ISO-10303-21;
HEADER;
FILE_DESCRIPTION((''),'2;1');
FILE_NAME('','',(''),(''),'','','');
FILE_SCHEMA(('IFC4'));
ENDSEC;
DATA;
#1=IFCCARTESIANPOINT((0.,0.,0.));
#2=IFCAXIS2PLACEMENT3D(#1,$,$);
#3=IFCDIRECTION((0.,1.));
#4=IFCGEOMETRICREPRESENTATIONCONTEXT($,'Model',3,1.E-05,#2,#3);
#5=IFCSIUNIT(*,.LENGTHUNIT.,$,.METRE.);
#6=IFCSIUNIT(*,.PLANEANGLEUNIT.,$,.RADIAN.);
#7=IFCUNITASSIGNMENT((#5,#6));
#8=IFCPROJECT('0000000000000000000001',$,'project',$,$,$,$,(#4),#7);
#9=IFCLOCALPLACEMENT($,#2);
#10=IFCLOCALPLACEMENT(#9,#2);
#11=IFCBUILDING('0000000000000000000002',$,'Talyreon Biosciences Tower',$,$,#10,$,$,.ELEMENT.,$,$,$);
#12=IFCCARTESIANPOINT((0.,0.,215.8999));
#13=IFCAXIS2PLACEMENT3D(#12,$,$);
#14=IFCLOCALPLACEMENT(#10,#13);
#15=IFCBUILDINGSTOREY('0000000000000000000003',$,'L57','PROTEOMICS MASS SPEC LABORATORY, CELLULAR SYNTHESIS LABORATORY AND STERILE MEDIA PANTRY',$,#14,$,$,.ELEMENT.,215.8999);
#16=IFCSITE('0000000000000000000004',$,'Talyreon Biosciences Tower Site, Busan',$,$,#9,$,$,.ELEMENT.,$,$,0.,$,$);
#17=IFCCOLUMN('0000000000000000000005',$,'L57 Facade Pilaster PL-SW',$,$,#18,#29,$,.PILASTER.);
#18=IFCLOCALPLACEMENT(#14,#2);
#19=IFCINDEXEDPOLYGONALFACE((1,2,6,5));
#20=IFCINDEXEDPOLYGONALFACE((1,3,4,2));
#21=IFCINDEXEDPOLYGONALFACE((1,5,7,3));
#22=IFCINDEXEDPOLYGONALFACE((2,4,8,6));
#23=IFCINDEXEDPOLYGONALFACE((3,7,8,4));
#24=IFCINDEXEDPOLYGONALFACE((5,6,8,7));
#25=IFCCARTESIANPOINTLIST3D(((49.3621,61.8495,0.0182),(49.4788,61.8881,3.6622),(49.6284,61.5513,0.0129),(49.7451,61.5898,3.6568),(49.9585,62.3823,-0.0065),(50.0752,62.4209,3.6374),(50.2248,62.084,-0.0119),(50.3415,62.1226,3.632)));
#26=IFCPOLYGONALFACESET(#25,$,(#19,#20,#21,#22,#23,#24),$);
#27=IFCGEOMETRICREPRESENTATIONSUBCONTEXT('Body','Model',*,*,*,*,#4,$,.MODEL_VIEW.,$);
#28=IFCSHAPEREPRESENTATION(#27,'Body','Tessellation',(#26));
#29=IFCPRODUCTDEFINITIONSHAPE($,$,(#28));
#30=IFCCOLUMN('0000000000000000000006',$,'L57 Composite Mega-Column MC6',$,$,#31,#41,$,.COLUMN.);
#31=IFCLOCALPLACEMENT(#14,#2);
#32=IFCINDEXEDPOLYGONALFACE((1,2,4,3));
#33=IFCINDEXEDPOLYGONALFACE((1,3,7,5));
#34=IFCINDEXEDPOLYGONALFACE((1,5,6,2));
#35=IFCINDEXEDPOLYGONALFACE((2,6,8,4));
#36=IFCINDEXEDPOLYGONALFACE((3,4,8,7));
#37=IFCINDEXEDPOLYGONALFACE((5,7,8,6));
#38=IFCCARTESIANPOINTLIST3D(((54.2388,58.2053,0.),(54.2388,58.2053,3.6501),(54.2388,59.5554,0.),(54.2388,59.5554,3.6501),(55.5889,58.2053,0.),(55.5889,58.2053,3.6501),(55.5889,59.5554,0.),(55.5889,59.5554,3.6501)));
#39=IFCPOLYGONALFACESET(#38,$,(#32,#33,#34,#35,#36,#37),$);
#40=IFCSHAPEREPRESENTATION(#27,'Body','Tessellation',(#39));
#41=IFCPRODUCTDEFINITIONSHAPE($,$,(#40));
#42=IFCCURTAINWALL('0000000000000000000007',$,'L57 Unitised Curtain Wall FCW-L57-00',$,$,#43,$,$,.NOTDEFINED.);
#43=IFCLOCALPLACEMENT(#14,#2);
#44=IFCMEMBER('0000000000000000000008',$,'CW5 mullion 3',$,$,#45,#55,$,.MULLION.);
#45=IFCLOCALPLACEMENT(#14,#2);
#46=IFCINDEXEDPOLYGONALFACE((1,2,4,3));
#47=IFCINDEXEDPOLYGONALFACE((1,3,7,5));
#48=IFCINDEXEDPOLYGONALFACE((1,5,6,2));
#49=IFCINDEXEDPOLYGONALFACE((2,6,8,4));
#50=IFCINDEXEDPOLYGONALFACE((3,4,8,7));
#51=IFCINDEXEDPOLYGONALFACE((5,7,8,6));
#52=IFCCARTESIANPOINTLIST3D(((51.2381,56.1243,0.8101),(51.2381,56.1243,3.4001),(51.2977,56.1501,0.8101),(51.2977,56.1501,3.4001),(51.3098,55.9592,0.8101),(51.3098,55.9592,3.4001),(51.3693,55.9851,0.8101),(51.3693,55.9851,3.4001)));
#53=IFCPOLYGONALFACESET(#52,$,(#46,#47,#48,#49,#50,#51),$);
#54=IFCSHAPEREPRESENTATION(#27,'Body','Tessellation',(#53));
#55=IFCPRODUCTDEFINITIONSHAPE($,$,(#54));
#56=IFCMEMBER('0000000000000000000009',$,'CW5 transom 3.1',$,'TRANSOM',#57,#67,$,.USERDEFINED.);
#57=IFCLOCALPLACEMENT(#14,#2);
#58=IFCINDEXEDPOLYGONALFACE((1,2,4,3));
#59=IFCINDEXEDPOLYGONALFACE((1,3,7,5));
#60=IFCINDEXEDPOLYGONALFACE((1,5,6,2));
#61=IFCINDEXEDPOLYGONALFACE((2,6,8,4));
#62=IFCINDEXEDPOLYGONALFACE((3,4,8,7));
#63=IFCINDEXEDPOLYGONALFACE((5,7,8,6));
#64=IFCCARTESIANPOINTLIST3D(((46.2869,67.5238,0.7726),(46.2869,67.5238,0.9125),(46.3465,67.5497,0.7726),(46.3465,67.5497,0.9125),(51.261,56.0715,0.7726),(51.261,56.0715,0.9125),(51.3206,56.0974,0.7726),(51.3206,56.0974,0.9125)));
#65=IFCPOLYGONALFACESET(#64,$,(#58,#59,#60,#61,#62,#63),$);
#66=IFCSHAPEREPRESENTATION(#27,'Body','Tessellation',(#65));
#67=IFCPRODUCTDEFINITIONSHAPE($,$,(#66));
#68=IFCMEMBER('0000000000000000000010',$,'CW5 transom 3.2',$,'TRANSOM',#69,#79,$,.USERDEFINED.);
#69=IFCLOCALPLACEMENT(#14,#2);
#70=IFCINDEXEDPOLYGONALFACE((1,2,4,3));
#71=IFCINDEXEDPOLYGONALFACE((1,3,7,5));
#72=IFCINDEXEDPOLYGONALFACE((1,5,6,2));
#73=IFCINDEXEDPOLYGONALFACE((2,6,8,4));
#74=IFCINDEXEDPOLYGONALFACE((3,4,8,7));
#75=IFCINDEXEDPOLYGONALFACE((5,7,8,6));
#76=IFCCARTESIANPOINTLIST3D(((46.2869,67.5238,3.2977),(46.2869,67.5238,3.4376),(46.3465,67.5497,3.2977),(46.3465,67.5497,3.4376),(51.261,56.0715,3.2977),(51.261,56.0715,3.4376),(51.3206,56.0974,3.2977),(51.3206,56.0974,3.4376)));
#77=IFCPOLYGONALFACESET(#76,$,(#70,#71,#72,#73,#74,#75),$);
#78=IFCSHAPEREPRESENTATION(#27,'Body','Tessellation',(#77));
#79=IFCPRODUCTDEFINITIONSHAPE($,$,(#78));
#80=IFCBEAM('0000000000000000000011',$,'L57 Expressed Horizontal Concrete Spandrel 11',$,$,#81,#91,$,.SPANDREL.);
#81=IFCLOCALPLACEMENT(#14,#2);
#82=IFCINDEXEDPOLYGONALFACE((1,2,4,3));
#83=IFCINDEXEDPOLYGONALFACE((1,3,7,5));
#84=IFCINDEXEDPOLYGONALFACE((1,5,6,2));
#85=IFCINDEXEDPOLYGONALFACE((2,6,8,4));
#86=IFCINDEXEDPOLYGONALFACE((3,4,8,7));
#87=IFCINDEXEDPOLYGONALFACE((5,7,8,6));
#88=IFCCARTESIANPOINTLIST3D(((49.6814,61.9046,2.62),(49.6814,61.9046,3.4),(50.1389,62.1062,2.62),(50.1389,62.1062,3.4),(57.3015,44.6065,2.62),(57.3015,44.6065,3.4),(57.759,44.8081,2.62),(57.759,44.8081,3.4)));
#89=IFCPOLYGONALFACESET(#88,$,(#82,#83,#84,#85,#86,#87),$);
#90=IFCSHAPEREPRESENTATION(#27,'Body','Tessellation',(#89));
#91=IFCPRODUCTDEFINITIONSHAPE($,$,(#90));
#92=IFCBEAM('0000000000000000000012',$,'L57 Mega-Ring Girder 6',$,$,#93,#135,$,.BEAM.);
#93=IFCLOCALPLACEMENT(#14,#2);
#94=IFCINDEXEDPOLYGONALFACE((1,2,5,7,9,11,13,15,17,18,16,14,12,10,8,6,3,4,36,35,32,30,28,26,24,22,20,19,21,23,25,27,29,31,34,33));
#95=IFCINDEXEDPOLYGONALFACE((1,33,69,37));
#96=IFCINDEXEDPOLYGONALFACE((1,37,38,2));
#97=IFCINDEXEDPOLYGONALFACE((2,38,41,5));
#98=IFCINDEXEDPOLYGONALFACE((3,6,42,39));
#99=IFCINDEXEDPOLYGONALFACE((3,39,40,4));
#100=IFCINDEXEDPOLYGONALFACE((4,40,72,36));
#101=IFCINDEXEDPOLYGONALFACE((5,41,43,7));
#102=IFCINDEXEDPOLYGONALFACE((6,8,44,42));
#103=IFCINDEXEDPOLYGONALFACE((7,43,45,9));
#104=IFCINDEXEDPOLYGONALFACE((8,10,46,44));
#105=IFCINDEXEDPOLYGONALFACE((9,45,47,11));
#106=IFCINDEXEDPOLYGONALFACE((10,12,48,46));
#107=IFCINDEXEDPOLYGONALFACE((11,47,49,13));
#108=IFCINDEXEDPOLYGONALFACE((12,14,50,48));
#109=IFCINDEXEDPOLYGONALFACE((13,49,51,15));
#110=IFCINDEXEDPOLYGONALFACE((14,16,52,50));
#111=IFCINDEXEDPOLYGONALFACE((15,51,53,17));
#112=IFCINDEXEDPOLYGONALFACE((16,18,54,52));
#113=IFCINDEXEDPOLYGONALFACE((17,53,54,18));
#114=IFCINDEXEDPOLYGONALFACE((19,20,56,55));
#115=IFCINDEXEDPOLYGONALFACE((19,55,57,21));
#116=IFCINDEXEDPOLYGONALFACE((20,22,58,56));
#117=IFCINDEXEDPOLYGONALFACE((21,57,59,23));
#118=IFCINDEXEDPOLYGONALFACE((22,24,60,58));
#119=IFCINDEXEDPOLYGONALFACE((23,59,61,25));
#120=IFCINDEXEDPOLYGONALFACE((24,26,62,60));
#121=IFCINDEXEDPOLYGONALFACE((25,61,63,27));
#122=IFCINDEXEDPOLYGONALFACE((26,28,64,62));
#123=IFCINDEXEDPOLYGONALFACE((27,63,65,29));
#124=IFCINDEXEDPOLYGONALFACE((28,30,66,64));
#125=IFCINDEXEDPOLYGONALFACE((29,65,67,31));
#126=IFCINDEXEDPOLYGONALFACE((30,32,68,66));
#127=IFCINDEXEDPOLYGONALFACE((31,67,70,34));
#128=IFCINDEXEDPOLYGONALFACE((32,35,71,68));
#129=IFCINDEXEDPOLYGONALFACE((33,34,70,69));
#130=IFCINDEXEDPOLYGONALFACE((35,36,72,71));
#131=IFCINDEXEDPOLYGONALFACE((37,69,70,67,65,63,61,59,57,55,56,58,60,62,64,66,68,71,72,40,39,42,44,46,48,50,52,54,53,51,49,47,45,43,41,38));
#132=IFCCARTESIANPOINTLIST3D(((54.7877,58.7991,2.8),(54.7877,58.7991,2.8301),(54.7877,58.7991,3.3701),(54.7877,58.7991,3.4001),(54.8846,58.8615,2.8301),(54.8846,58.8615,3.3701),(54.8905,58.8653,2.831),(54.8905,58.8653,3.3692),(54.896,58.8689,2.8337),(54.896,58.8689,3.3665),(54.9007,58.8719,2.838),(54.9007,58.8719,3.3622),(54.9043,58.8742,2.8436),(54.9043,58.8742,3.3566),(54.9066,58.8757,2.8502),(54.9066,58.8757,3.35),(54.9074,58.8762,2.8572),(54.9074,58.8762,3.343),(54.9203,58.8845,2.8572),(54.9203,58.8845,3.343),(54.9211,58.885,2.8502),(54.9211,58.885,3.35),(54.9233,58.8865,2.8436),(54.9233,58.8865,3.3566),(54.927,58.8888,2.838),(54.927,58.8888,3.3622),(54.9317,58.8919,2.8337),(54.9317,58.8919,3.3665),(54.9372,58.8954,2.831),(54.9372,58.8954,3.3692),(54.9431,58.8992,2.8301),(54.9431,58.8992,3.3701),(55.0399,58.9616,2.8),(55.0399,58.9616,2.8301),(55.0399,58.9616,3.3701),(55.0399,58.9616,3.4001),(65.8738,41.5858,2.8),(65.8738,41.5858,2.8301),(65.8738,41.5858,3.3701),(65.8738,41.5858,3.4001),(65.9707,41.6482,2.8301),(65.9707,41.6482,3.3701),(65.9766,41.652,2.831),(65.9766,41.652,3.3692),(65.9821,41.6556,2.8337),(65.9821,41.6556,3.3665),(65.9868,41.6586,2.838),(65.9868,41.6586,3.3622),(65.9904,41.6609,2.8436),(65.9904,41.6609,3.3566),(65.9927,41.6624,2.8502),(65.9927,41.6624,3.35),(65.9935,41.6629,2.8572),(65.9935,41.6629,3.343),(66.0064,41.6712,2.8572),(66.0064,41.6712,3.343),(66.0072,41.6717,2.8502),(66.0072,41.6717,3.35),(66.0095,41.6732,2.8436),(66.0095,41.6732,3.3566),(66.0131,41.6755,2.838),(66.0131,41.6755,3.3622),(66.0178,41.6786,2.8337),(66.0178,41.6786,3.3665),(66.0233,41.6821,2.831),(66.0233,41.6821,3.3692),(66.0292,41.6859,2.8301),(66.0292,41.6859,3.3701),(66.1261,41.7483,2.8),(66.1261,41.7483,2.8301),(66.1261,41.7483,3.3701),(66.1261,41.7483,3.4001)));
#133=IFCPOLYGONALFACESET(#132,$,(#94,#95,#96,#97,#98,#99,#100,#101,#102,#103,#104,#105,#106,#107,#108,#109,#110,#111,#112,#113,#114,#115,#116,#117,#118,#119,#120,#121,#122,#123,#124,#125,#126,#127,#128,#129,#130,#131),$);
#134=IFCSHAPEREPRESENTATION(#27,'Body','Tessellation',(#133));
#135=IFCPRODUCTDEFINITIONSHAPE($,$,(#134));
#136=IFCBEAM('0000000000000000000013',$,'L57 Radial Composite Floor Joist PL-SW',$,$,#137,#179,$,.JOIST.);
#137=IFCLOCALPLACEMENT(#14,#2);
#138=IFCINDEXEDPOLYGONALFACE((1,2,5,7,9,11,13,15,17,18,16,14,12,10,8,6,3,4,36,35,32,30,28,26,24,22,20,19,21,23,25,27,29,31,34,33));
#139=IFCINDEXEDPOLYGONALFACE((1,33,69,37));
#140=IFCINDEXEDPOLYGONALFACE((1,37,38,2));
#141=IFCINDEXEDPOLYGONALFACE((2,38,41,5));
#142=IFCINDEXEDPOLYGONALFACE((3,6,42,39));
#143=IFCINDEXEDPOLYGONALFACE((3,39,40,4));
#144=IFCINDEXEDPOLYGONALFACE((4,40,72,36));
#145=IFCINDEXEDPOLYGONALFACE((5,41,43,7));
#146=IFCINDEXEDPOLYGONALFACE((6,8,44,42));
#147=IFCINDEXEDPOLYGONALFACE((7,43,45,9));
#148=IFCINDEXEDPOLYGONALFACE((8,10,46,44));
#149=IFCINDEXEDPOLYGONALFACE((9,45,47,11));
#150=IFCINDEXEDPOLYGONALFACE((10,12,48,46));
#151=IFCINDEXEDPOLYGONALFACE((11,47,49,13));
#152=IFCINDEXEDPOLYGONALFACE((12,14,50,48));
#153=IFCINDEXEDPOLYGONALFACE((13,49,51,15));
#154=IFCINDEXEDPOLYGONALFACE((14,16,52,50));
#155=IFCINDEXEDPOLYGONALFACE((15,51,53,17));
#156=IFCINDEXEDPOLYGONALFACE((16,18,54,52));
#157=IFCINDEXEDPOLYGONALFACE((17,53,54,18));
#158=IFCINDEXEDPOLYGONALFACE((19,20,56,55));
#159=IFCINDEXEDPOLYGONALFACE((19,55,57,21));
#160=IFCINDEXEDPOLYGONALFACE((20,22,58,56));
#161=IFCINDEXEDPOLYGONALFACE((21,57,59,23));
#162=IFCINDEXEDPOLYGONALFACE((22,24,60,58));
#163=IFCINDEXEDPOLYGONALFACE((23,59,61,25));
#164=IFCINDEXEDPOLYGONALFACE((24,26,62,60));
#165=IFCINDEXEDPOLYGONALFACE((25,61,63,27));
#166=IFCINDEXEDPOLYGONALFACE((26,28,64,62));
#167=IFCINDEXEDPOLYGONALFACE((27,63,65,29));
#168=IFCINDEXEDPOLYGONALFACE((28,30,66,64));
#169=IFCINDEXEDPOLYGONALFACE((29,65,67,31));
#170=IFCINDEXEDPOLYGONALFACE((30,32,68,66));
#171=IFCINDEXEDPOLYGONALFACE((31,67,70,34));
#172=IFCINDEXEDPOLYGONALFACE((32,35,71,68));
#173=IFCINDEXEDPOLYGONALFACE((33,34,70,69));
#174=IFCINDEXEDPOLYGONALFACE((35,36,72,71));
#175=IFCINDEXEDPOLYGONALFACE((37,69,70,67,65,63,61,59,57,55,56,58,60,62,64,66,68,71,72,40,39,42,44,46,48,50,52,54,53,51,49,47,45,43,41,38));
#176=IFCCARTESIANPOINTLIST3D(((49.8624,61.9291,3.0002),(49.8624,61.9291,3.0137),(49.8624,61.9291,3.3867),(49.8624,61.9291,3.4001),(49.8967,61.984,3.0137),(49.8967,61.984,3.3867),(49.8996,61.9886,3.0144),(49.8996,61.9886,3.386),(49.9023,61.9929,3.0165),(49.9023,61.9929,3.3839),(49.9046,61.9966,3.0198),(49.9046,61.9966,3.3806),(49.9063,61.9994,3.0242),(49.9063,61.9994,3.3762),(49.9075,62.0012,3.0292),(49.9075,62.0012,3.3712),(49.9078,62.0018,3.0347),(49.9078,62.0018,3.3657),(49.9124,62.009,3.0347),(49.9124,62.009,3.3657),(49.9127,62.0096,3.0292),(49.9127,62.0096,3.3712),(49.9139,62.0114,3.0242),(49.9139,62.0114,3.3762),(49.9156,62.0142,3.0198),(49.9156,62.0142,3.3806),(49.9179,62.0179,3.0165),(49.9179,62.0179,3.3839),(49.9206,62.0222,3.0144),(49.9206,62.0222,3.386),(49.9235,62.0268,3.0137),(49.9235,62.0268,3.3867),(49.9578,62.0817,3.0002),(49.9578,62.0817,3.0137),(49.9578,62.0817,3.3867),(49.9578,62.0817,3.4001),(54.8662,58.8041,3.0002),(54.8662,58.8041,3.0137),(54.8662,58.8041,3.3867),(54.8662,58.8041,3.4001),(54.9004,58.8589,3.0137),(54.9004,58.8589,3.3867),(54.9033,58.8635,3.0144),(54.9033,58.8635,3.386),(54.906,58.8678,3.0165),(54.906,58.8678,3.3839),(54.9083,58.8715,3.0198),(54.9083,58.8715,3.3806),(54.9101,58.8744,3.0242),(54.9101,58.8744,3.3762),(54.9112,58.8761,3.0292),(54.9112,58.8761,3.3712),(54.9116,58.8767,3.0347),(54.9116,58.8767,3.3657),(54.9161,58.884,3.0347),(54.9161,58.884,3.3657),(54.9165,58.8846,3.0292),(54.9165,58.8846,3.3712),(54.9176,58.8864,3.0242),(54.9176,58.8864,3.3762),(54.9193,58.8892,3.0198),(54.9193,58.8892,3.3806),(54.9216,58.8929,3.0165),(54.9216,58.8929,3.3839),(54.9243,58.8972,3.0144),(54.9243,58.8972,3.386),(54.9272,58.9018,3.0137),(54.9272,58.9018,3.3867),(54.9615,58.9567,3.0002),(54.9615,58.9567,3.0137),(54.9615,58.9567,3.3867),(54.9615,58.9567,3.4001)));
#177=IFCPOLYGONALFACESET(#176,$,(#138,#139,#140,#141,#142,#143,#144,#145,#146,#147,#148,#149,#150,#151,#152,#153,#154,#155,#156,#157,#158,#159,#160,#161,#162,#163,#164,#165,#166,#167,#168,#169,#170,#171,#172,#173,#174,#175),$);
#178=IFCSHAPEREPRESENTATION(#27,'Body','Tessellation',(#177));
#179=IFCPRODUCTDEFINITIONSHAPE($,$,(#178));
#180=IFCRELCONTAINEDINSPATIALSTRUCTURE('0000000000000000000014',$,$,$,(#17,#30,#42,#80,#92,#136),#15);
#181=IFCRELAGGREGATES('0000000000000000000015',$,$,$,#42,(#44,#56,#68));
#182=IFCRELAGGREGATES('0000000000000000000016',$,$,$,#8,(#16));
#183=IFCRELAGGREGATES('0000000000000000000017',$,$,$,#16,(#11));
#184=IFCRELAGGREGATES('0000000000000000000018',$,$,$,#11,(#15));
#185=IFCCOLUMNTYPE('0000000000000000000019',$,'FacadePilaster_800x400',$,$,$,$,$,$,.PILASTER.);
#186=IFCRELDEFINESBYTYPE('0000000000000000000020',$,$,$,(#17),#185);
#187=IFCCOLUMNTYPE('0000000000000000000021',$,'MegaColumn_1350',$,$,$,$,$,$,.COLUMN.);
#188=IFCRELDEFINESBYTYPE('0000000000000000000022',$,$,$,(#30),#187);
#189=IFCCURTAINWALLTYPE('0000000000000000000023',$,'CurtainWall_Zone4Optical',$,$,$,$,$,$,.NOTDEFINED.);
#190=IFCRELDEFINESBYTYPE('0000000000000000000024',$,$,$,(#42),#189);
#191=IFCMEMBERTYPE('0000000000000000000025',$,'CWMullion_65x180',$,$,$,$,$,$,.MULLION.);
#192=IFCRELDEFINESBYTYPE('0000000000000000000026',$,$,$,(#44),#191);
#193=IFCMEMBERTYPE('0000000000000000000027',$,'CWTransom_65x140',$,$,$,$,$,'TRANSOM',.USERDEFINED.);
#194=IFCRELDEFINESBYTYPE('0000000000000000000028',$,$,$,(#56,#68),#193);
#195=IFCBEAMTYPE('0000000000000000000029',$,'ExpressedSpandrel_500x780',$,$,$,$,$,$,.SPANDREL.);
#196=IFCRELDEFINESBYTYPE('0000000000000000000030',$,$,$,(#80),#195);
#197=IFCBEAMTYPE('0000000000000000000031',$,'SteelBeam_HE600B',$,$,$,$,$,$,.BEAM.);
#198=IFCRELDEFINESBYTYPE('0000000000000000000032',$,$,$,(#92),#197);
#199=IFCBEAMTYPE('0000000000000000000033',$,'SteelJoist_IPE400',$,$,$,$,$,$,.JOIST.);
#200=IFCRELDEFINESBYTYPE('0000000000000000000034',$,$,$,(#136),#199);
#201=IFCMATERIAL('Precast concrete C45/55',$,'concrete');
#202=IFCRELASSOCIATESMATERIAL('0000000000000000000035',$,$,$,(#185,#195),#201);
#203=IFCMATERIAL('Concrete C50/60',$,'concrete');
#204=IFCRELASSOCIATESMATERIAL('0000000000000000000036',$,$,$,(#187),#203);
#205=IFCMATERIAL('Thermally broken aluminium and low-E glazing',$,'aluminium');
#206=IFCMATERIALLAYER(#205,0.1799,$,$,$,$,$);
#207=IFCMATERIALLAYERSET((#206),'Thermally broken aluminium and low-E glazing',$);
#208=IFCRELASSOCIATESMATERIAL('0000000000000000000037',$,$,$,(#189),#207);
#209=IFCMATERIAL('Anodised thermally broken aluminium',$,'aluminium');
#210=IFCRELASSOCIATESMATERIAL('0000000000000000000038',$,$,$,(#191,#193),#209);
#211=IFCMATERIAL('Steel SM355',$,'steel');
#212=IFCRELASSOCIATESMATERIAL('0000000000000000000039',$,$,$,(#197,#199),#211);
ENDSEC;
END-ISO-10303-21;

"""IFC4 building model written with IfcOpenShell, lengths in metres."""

from ifc_helpers import new_model, si_unit, direction, frame, origin, origin_2d, place, context, subcontext, project, spatial, rectangle, i_section, extrude, material, layer, layer_set, material_profile, profile_set, type_object, element, aggregate, save


model = new_model("IFC4")

# Units and contexts
model_context = context("Model", 3, precision=1e-05, world=origin(), true_north=direction((0.0, 1.0)))
body_context = subcontext(model_context, "Body", "Model", "MODEL_VIEW")
ifc_project = project(units=[si_unit("LENGTHUNIT", "METRE"), si_unit("PLANEANGLEUNIT", "RADIAN")], contexts=[model_context])

# Site, building, storey
site_placement = place(None, origin())
site = spatial("IfcSite", under=ifc_project, at=site_placement, Name="Talyreon Biosciences Tower Site, Busan", CompositionType="ELEMENT", RefElevation=0.0)
building_placement = place(site_placement, origin())
building = spatial("IfcBuilding", under=site, at=building_placement, Name="Talyreon Biosciences Tower", CompositionType="ELEMENT")
storey_placement = place(building_placement, frame((0.0, 0.0, 215.8999)))
storey = spatial("IfcBuildingStorey", under=building, at=storey_placement, Name="L57", Description="PROTEOMICS MASS SPEC LABORATORY, CELLULAR SYNTHESIS LABORATORY AND STERILE MEDIA PANTRY", CompositionType="ELEMENT", Elevation=215.8999)

# Columns
ifc_material_1 = material(Name="Precast concrete C45/55", Category="concrete")
ifc_material_profile_1 = material_profile(ifc_material_1, rectangle(XDim=0.8, YDim=0.3999, at=origin_2d()), Name="RC 800x400")
ifc_profile_set_1 = profile_set([ifc_material_profile_1], Name="Precast concrete C45/55")
column_type_1 = type_object("IfcColumnType", Name="FacadePilaster_800x400", PredefinedType="PILASTER", material=ifc_profile_set_1)
column_1_placement = place(storey_placement, frame((49.7935, 61.9668, 0.0032), z_axis=(0.032006, 0.01058, 0.999432), x_axis=(0.745353, 0.665952, -0.030919)))
element("IfcColumn", 1, at=column_1_placement, inside=storey, type_object=column_type_1, Name="L57 Facade Pilaster PL-SW", PredefinedType="PILASTER", context=body_context, shape_type="SweptSolid", body=[
    extrude(rectangle(XDim=0.8, YDim=0.3999, at=origin_2d()), origin(), (0.0, 0.0, 1.0), 3.646),
])
ifc_material_2 = material(Name="Concrete C50/60", Category="concrete")
ifc_material_profile_2 = material_profile(ifc_material_2, rectangle(XDim=1.3501, YDim=1.3501, at=origin_2d()), Name="RC 1350x1350")
ifc_profile_set_2 = profile_set([ifc_material_profile_2], Name="Concrete C50/60")
column_type_2 = type_object("IfcColumnType", Name="MegaColumn_1350", PredefinedType="COLUMN", material=ifc_profile_set_2)
column_2_placement = place(storey_placement, frame((54.9138, 58.8804, 0.0), z_axis=(0.0, 0.0, 1.0), x_axis=(1.0, 0.0, 0.0)))
element("IfcColumn", 2, at=column_2_placement, inside=storey, type_object=column_type_2, Name="L57 Composite Mega-Column MC6", PredefinedType="COLUMN", context=body_context, shape_type="SweptSolid", body=[
    extrude(rectangle(XDim=1.3501, YDim=1.3501, at=origin_2d()), origin(), (0.0, 0.0, 1.0), 3.6501),
])

# Curtain wall, members
ifc_material_3 = material(Name="Thermally broken aluminium and low-E glazing", Category="aluminium")
ifc_layer_1 = layer(ifc_material_3, 0.1799)
ifc_layer_set_1 = layer_set([ifc_layer_1], Name="Thermally broken aluminium and low-E glazing")
curtain_wall_type = type_object("IfcCurtainWallType", Name="CurtainWall_Zone4Optical", PredefinedType="NOTDEFINED", material=ifc_layer_set_1)
curtain_wall_placement = place(storey_placement, origin())
curtain_wall = element("IfcCurtainWall", 3, at=curtain_wall_placement, inside=storey, type_object=curtain_wall_type, Name="L57 Unitised Curtain Wall FCW-L57-00", PredefinedType="NOTDEFINED")
ifc_material_4 = material(Name="Anodised thermally broken aluminium", Category="aluminium")
ifc_material_profile_3 = material_profile(ifc_material_4, rectangle(XDim=0.0649, YDim=0.1799, at=origin_2d()), Name="ALUM MULLION 65x180")
ifc_profile_set_3 = profile_set([ifc_material_profile_3], Name="Anodised thermally broken aluminium")
member_type_1 = type_object("IfcMemberType", Name="CWMullion_65x180", PredefinedType="MULLION", material=ifc_profile_set_3)
member_1_placement = place(storey_placement, frame((51.3037, 56.0547, 0.8101), z_axis=(0.0, 0.0, 1.0), x_axis=(-0.917222, -0.398376, 0.0)))
member_1 = element("IfcMember", 4, at=member_1_placement, type_object=member_type_1, Name="CW5 mullion 3", PredefinedType="MULLION", context=body_context, shape_type="SweptSolid", body=[
    extrude(rectangle(XDim=0.0649, YDim=0.1799, at=origin_2d()), origin(), (0.0, 0.0, 1.0), 2.5901),
])
ifc_material_profile_4 = material_profile(ifc_material_4, rectangle(XDim=0.0649, YDim=0.1399, at=origin_2d()), Name="ALUM TRANSOM 65x140")
ifc_profile_set_4 = profile_set([ifc_material_profile_4], Name="Anodised thermally broken aluminium")
member_type_2 = type_object("IfcMemberType", Name="CWTransom_65x140", ElementType="TRANSOM", PredefinedType="USERDEFINED", material=ifc_profile_set_4)
member_2_placement = place(storey_placement, frame((51.2908, 56.0845, 0.8425), z_axis=(-0.398377, 0.917222, 0.0), x_axis=(-0.917222, -0.398377, 0.0)))
member_2 = element("IfcMember", 5, at=member_2_placement, type_object=member_type_2, Name="CW5 transom 3.1", ObjectType="TRANSOM", PredefinedType="USERDEFINED", context=body_context, shape_type="SweptSolid", body=[
    extrude(rectangle(XDim=0.0649, YDim=0.1399, at=origin_2d()), origin(), (0.0, 0.0, 1.0), 12.4858),
])
member_3_placement = place(storey_placement, frame((51.2908, 56.0845, 3.3677), z_axis=(-0.398377, 0.917222, 0.0), x_axis=(-0.917222, -0.398377, 0.0)))
member_3 = element("IfcMember", 6, at=member_3_placement, type_object=member_type_2, Name="CW5 transom 3.2", ObjectType="TRANSOM", PredefinedType="USERDEFINED", context=body_context, shape_type="SweptSolid", body=[
    extrude(rectangle(XDim=0.0649, YDim=0.1399, at=origin_2d()), origin(), (0.0, 0.0, 1.0), 12.4858),
])

# Beams
ifc_material_profile_5 = material_profile(ifc_material_1, rectangle(XDim=0.5, YDim=0.78, at=origin_2d()), Name="RCB 500x780")
ifc_profile_set_5 = profile_set([ifc_material_profile_5], Name="Precast concrete C45/55")
beam_type_1 = type_object("IfcBeamType", Name="ExpressedSpandrel_500x780", PredefinedType="SPANDREL", material=ifc_profile_set_5)
beam_1_placement = place(storey_placement, frame((49.9102, 62.0054, 3.01), z_axis=(0.403135, -0.91514, 0.0), x_axis=(0.91514, 0.403135, 0.0)))
element("IfcBeam", 7, at=beam_1_placement, inside=storey, type_object=beam_type_1, Name="L57 Expressed Horizontal Concrete Spandrel 11", PredefinedType="SPANDREL", context=body_context, shape_type="SweptSolid", body=[
    extrude(rectangle(XDim=0.5, YDim=0.78, at=origin_2d()), origin(), (0.0, 0.0, 1.0), 18.9021),
])
ifc_material_5 = material(Name="Steel SM355", Category="steel")
ifc_material_profile_6 = material_profile(ifc_material_5, i_section(OverallWidth=0.3, OverallDepth=0.6001, WebThickness=0.0154, FlangeThickness=0.03, FilletRadius=0.0271, at=origin_2d()), Name="HE600B")
ifc_profile_set_6 = profile_set([ifc_material_profile_6], Name="Steel SM355")
beam_type_2 = type_object("IfcBeamType", Name="SteelBeam_HE600B", PredefinedType="BEAM", material=ifc_profile_set_6)
beam_2_placement = place(storey_placement, frame((54.9138, 58.8804, 3.1001), z_axis=(0.541464, -0.840724, 0.0), x_axis=(0.840724, 0.541464, 0.0)))
element("IfcBeam", 8, at=beam_2_placement, inside=storey, type_object=beam_type_2, Name="L57 Mega-Ring Girder 6", PredefinedType="BEAM", context=body_context, shape_type="SweptSolid", body=[
    extrude(i_section(OverallWidth=0.3, OverallDepth=0.6001, WebThickness=0.0154, FlangeThickness=0.03, FilletRadius=0.0271, at=origin_2d()), origin(), (0.0, 0.0, 1.0), 20.4744),
])
ifc_material_profile_7 = material_profile(ifc_material_5, i_section(OverallWidth=0.1799, OverallDepth=0.3999, WebThickness=0.0085, FlangeThickness=0.0134, FilletRadius=0.021, at=origin_2d()), Name="IPE400")
ifc_profile_set_7 = profile_set([ifc_material_profile_7], Name="Steel SM355")
beam_type_3 = type_object("IfcBeamType", Name="SteelJoist_IPE400", PredefinedType="JOIST", material=ifc_profile_set_7)
beam_3_placement = place(storey_placement, frame((54.9138, 58.8804, 3.2002), z_axis=(-0.848173, 0.52972, 0.0), x_axis=(-0.52972, -0.848173, 0.0)))
element("IfcBeam", 9, at=beam_3_placement, inside=storey, type_object=beam_type_3, Name="L57 Radial Composite Floor Joist PL-SW", PredefinedType="JOIST", context=body_context, shape_type="SweptSolid", body=[
    extrude(i_section(OverallWidth=0.1799, OverallDepth=0.3999, WebThickness=0.0085, FlangeThickness=0.0134, FilletRadius=0.021, at=origin_2d()), origin(), (0.0, 0.0, 1.0), 5.8994),
])

aggregate(curtain_wall, [member_1, member_2, member_3])

save(model, "model.ifc")
